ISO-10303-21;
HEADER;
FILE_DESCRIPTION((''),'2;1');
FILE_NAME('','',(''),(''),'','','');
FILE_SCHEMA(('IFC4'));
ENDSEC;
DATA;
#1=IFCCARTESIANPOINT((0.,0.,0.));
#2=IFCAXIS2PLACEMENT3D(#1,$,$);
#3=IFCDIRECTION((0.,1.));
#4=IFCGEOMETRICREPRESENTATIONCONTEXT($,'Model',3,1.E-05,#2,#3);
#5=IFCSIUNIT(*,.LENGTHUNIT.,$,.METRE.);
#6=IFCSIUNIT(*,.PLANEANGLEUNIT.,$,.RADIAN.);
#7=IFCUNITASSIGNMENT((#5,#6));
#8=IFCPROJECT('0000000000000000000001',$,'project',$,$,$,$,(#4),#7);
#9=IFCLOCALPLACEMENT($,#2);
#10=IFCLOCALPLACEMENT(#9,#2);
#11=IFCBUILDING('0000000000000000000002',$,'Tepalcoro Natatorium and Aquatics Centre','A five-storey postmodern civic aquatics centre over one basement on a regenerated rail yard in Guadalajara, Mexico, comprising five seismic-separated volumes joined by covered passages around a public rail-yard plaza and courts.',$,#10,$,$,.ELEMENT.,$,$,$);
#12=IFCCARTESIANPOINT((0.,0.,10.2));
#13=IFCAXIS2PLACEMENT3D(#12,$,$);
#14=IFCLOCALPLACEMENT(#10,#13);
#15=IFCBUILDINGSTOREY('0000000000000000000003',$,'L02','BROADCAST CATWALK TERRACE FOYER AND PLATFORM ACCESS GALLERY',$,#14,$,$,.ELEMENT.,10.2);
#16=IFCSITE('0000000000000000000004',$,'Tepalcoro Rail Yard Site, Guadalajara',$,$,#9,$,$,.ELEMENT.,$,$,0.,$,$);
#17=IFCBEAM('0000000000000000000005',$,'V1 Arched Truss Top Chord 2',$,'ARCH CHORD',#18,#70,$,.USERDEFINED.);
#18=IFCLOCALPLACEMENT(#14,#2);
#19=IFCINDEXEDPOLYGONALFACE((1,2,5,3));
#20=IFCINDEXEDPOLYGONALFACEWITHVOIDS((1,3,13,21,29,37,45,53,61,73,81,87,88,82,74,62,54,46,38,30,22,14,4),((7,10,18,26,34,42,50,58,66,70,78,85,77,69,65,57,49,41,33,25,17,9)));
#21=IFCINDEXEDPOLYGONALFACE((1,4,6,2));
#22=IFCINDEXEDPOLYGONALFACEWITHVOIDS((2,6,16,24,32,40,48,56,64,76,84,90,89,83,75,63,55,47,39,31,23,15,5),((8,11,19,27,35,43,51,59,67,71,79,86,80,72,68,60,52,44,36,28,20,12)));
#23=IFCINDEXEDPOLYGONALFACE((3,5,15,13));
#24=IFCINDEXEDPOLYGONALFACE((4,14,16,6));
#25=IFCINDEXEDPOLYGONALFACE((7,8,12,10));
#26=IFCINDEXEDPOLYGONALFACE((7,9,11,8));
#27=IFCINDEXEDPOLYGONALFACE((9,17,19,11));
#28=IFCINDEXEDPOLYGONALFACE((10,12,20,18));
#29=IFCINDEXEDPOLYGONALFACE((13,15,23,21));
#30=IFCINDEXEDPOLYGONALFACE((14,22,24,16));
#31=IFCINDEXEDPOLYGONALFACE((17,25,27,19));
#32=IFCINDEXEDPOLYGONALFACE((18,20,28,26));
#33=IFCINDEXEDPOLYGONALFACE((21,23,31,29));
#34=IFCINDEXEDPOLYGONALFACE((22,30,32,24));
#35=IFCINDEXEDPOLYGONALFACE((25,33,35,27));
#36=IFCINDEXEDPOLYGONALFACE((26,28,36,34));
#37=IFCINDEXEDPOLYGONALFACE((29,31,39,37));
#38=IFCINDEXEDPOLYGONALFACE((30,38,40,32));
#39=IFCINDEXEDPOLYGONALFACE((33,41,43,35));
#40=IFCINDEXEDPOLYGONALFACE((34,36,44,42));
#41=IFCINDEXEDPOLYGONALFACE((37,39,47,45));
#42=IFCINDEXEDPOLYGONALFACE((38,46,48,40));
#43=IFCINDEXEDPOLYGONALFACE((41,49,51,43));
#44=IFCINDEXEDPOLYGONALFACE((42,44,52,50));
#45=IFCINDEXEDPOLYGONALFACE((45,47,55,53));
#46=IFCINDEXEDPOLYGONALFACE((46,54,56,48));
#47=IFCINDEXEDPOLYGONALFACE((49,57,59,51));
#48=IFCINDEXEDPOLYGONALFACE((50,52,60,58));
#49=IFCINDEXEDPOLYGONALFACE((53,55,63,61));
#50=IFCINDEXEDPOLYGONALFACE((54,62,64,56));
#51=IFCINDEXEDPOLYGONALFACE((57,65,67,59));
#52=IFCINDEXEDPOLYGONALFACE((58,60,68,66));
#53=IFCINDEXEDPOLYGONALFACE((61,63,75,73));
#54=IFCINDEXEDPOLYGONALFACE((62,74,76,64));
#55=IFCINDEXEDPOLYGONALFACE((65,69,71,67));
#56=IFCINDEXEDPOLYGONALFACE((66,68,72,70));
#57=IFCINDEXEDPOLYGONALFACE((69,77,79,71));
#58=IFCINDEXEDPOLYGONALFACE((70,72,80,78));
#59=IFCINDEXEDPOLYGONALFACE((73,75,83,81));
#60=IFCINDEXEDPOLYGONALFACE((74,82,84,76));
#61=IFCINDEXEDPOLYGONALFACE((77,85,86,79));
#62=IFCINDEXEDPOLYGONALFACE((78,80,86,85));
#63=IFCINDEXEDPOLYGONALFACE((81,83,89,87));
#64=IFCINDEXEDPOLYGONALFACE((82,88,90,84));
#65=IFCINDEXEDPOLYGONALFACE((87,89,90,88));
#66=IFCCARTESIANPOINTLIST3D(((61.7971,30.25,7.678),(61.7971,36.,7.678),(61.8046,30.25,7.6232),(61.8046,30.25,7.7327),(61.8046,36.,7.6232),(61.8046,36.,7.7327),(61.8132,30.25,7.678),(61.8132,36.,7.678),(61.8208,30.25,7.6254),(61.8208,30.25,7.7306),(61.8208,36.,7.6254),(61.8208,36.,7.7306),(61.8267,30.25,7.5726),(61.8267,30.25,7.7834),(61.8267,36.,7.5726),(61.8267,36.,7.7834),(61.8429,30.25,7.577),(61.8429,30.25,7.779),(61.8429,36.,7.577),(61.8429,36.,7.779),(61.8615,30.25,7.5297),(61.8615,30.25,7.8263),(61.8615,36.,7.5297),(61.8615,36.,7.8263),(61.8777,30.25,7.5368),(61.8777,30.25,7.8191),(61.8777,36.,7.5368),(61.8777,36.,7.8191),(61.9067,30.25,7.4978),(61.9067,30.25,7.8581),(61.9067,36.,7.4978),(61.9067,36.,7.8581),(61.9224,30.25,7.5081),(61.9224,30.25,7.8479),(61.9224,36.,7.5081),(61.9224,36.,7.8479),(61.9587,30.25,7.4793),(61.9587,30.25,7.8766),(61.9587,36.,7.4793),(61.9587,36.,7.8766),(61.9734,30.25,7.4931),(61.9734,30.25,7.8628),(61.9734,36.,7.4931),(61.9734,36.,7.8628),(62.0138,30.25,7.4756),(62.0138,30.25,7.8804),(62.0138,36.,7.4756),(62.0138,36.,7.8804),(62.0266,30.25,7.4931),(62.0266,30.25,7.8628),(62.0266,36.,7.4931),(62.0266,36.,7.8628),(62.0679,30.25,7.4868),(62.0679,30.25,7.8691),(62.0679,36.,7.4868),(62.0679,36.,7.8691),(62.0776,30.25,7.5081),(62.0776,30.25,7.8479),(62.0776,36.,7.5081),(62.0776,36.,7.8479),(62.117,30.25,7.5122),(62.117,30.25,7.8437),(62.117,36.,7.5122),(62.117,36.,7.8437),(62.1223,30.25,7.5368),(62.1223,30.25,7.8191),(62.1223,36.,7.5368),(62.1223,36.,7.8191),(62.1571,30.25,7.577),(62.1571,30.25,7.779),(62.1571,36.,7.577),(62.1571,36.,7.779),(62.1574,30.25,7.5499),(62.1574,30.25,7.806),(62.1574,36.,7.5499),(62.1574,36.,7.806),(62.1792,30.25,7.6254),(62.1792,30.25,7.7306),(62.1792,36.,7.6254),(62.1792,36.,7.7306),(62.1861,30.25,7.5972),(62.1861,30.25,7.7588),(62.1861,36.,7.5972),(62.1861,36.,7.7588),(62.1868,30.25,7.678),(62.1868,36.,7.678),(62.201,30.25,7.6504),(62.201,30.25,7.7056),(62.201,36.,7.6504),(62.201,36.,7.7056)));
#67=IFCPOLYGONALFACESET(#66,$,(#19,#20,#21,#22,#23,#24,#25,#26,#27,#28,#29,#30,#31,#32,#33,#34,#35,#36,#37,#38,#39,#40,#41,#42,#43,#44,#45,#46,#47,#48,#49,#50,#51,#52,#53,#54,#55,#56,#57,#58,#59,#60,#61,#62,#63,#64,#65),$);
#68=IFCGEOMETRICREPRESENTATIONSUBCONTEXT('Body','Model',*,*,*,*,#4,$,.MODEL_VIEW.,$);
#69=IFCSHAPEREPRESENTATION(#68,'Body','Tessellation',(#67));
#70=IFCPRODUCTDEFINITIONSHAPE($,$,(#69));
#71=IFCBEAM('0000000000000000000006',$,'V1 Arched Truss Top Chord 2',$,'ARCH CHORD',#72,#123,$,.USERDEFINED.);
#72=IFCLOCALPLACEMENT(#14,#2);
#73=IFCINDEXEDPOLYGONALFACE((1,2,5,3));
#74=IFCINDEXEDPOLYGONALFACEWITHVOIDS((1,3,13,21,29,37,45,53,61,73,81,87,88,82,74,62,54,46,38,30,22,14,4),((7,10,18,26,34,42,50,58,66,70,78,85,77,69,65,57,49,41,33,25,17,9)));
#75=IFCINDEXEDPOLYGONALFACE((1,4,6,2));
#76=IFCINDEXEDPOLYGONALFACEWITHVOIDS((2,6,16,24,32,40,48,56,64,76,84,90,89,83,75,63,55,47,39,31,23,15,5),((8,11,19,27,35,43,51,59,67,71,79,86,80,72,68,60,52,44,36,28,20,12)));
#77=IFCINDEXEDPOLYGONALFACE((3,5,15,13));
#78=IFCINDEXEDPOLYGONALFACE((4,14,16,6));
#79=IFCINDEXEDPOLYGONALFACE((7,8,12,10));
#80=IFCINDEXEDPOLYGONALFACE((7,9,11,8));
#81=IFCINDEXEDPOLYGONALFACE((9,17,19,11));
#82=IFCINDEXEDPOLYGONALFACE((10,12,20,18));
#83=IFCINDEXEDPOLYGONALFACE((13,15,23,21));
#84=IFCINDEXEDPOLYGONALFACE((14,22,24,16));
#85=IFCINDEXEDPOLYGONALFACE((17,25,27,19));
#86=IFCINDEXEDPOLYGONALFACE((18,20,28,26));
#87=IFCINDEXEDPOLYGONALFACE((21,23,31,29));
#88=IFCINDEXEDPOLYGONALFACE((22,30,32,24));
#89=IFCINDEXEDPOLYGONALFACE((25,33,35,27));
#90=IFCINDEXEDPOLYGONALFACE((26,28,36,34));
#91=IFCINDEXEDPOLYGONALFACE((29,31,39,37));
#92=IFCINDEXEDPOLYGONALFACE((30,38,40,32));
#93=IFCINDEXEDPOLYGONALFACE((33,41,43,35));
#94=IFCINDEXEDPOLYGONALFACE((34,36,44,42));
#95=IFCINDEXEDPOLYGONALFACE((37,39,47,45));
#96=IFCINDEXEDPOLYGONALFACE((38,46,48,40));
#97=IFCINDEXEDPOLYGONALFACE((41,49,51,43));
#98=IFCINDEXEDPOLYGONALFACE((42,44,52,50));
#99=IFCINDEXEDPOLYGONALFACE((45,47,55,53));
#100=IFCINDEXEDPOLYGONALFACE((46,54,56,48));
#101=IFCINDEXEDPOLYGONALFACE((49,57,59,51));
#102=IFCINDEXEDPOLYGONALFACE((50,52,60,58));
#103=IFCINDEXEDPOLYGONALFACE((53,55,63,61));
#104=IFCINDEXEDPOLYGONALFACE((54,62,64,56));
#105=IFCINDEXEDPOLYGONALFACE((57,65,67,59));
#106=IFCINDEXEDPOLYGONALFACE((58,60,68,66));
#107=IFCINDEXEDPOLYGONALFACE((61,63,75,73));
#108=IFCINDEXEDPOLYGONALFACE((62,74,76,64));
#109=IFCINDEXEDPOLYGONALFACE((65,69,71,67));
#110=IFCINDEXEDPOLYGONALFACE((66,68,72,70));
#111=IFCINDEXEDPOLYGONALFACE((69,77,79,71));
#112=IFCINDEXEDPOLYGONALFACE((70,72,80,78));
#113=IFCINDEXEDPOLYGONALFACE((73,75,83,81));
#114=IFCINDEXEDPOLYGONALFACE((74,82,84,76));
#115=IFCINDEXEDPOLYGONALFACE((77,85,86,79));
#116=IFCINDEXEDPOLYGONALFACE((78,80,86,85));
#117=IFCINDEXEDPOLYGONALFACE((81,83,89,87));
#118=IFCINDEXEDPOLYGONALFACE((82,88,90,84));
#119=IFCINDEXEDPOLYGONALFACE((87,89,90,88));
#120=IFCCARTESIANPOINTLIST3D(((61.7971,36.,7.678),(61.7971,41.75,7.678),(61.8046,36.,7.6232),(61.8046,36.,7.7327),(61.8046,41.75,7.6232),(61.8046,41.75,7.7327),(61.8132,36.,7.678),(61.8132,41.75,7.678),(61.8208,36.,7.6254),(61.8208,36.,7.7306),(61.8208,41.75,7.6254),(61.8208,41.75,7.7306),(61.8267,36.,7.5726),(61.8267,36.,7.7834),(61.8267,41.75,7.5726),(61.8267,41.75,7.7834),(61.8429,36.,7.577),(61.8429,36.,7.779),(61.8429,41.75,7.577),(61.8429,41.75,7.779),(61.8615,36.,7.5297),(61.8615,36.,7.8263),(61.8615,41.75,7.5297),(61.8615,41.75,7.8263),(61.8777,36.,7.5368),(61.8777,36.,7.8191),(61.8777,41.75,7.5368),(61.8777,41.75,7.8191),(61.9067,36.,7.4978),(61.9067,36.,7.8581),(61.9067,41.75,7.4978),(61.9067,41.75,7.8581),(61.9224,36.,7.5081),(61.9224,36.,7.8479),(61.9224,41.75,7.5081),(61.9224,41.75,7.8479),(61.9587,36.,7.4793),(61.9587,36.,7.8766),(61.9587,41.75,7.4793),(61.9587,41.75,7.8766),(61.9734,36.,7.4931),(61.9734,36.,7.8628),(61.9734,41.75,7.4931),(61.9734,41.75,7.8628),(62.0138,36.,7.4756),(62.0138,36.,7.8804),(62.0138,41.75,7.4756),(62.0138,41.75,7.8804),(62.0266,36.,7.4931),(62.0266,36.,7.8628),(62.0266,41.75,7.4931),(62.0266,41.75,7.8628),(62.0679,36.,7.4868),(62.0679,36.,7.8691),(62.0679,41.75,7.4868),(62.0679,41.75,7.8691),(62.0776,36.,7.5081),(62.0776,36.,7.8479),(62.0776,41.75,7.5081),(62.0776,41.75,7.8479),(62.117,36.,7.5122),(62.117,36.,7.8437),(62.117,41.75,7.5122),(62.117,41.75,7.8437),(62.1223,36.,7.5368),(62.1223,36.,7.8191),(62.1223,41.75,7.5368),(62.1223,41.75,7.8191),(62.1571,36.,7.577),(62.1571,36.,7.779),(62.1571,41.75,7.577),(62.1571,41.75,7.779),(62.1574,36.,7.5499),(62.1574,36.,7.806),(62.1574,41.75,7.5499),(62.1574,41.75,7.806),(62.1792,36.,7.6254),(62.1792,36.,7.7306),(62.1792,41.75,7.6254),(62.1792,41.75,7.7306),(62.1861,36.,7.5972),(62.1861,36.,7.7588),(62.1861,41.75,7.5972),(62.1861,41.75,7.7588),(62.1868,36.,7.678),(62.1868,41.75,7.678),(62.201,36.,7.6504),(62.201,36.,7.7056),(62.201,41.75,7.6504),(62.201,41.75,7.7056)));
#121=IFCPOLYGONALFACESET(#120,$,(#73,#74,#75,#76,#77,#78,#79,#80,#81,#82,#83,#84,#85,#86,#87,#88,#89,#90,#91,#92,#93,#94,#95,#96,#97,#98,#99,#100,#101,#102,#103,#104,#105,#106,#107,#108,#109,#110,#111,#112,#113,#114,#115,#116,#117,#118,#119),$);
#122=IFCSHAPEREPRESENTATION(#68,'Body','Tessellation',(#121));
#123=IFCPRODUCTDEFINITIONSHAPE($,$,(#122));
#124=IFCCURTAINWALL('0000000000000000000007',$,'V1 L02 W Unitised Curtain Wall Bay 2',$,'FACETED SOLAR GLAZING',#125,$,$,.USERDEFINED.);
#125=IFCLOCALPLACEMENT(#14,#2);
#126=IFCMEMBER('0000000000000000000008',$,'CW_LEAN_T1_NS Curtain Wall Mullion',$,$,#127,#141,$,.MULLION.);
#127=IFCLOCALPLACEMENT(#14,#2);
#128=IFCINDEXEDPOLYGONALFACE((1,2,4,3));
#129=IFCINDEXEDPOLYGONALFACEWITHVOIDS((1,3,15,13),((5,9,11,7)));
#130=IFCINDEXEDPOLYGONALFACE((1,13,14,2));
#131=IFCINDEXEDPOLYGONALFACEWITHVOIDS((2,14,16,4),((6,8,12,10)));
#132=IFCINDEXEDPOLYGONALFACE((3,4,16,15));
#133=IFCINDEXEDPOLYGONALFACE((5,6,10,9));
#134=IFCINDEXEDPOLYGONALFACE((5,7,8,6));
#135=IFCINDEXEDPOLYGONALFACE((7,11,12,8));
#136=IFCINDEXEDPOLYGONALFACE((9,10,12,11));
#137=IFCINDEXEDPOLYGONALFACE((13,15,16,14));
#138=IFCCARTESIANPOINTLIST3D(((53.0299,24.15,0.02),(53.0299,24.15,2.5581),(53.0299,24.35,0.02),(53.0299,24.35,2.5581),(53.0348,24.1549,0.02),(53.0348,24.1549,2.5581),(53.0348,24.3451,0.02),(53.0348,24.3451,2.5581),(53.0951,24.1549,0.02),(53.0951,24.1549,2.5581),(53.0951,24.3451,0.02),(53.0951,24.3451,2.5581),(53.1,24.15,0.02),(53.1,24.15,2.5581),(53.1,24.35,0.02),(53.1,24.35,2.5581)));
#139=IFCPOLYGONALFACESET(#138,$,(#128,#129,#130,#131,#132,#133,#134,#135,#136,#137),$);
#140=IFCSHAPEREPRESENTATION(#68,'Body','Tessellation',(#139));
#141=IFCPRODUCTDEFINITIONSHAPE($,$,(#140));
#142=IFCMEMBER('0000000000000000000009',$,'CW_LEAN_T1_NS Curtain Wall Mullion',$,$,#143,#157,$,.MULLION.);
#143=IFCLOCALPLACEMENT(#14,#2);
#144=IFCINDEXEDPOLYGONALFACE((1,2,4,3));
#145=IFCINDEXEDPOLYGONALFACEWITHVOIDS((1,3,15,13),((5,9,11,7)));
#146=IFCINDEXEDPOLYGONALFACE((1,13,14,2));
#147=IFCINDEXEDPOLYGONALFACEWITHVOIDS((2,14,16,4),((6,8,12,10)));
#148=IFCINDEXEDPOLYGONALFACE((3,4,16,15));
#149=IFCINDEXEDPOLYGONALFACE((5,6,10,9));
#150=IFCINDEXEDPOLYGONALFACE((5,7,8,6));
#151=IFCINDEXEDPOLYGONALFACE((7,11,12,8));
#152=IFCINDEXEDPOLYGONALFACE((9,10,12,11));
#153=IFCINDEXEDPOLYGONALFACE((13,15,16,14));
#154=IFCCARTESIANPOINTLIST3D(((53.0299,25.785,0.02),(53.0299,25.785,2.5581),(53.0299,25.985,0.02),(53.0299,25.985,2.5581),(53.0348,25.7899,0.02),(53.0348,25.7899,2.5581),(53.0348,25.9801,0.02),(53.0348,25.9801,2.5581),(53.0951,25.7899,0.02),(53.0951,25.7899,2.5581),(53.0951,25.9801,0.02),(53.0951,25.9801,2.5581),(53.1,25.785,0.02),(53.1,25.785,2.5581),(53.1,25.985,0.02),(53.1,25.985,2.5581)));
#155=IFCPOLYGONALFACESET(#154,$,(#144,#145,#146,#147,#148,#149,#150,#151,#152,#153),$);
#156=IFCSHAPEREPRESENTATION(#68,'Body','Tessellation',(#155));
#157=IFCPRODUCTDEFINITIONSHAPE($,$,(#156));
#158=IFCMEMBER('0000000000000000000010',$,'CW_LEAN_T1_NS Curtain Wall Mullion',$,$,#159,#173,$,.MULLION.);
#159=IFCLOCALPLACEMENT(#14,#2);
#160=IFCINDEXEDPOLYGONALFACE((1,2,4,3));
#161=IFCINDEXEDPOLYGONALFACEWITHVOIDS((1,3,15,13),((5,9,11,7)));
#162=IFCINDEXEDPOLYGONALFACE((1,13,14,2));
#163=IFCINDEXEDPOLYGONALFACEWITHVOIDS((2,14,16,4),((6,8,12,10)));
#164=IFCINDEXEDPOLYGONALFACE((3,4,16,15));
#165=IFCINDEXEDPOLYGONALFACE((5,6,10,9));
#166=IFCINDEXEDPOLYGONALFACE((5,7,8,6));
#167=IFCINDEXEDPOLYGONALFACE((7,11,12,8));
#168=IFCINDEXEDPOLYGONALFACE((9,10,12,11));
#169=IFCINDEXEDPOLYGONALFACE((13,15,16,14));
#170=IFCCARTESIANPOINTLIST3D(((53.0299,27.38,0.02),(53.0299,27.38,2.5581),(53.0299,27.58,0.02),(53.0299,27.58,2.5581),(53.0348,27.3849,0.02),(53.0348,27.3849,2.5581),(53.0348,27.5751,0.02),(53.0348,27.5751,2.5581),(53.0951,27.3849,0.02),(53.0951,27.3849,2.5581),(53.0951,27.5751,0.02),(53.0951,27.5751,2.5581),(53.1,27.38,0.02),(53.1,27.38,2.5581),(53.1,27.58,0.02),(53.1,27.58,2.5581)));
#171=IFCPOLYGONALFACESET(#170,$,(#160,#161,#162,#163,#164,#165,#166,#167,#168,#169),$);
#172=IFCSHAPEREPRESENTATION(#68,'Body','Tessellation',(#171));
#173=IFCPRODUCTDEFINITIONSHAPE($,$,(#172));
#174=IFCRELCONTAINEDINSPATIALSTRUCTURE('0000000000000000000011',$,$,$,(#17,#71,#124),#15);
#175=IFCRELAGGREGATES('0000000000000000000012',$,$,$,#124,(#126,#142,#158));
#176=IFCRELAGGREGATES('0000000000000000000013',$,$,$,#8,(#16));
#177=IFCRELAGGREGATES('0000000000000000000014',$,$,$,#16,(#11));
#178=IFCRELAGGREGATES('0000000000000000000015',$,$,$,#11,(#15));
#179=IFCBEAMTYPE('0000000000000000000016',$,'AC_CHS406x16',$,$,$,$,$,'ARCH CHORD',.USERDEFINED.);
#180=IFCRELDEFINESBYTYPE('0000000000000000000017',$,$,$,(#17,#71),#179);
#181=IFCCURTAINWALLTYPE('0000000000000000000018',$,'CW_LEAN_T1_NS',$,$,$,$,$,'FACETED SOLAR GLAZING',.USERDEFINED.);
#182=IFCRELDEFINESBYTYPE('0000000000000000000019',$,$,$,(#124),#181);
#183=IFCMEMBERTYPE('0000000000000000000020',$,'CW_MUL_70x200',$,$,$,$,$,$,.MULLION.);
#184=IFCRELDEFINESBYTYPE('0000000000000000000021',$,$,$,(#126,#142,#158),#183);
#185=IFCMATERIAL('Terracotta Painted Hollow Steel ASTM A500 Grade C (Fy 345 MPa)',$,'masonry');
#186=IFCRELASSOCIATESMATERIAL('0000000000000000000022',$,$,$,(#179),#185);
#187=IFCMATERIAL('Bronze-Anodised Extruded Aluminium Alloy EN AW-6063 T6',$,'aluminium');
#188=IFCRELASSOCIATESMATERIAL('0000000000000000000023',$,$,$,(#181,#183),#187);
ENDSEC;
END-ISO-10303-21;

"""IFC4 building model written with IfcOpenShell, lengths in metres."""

from ifc_helpers import new_model, si_unit, direction, frame, origin, origin_2d, place, context, subcontext, project, spatial, hollow_rectangle, hollow_circle, extrude, material, material_profile, profile_set, type_object, element, aggregate, save


model = new_model("IFC4")

# Units and contexts
model_context = context("Model", 3, precision=1e-05, world=origin(), true_north=direction((0.0, 1.0)))
body_context = subcontext(model_context, "Body", "Model", "MODEL_VIEW")
ifc_project = project(units=[si_unit("LENGTHUNIT", "METRE"), si_unit("PLANEANGLEUNIT", "RADIAN")], contexts=[model_context])

# Site, building, storey
site_placement = place(None, origin())
site = spatial("IfcSite", under=ifc_project, at=site_placement, Name="Tepalcoro Rail Yard Site, Guadalajara", CompositionType="ELEMENT", RefElevation=0.0)
building_placement = place(site_placement, origin())
building = spatial("IfcBuilding", under=site, at=building_placement, Name="Tepalcoro Natatorium and Aquatics Centre", Description="A five-storey postmodern civic aquatics centre over one basement on a regenerated rail yard in Guadalajara, Mexico, comprising five seismic-separated volumes joined by covered passages around a public rail-yard plaza and courts.", CompositionType="ELEMENT")
storey_placement = place(building_placement, frame((0.0, 0.0, 10.2)))
storey = spatial("IfcBuildingStorey", under=building, at=storey_placement, Name="L02", Description="BROADCAST CATWALK TERRACE FOYER AND PLATFORM ACCESS GALLERY", CompositionType="ELEMENT", Elevation=10.2)

# Beams
ifc_material_1 = material(Name="Terracotta Painted Hollow Steel ASTM A500 Grade C (Fy 345 MPa)", Category="masonry")
ifc_material_profile_1 = material_profile(ifc_material_1, hollow_circle(Radius=0.2029, WallThickness=0.0161, at=origin_2d()), Name="CHS406X16")
ifc_profile_set_1 = profile_set([ifc_material_profile_1], Name="Terracotta Painted Hollow Steel ASTM A500 Grade C (Fy 345 MPa)")
beam_type_1 = type_object("IfcBeamType", Name="AC_CHS406x16", ElementType="ARCH CHORD", PredefinedType="USERDEFINED", material=ifc_profile_set_1)
for number, where, z_axis, x_axis, name in (
    (1, (62.0, 30.25, 7.678), (0.0, 1.0, 0.0), (-1.0, 0.0, 0.0), "V1 Arched Truss Top Chord 2"),
    (2, (62.0, 36.0, 7.678), (0.0, 1.0, 0.0), (-1.0, 0.0, 0.0), "V1 Arched Truss Top Chord 2"),
):
    element("IfcBeam", number, at=place(storey_placement, frame(where, z_axis=z_axis, x_axis=x_axis)), inside=storey, type_object=beam_type_1, Name=name, ObjectType="ARCH CHORD", PredefinedType="USERDEFINED", context=body_context, shape_type="SweptSolid", body=[
        extrude(hollow_circle(Radius=0.2029, WallThickness=0.0161, at=origin_2d()), origin(), (0.0, 0.0, 1.0), 5.75),
    ])

# Curtain wall, members
ifc_material_2 = material(Name="Bronze-Anodised Extruded Aluminium Alloy EN AW-6063 T6", Category="aluminium")
curtain_wall_type = type_object("IfcCurtainWallType", Name="CW_LEAN_T1_NS", ElementType="FACETED SOLAR GLAZING", PredefinedType="USERDEFINED", material=ifc_material_2)
curtain_wall_placement = place(storey_placement, origin())
curtain_wall = element("IfcCurtainWall", 3, at=curtain_wall_placement, inside=storey, type_object=curtain_wall_type, Name="V1 L02 W Unitised Curtain Wall Bay 2", ObjectType="FACETED SOLAR GLAZING", PredefinedType="USERDEFINED")
ifc_material_profile_2 = material_profile(ifc_material_2, hollow_rectangle(XDim=0.0701, YDim=0.2, WallThickness=0.0049, at=origin_2d()), Name="AL70X200X5")
ifc_profile_set_2 = profile_set([ifc_material_profile_2], Name="Bronze-Anodised Extruded Aluminium Alloy EN AW-6063 T6")
member_type_1 = type_object("IfcMemberType", Name="CW_MUL_70x200", PredefinedType="MULLION", material=ifc_profile_set_2)
member_1_placement = place(storey_placement, frame((53.0649, 24.25, 0.02), z_axis=(0.0, 0.0, 1.0), x_axis=(1.0, 0.0, 0.0)))
member_1 = element("IfcMember", 4, at=member_1_placement, type_object=member_type_1, Name="CW_LEAN_T1_NS Curtain Wall Mullion", PredefinedType="MULLION", context=body_context, shape_type="SweptSolid", body=[
    extrude(hollow_rectangle(XDim=0.0701, YDim=0.2, WallThickness=0.0049, at=origin_2d()), origin(), (0.0, 0.0, 1.0), 2.5381),
])
member_2_placement = place(storey_placement, frame((53.0649, 25.885, 0.02), z_axis=(0.0, 0.0, 1.0), x_axis=(1.0, 0.0, 0.0)))
member_2 = element("IfcMember", 5, at=member_2_placement, type_object=member_type_1, Name="CW_LEAN_T1_NS Curtain Wall Mullion", PredefinedType="MULLION", context=body_context, shape_type="SweptSolid", body=[
    extrude(hollow_rectangle(XDim=0.0701, YDim=0.2, WallThickness=0.0049, at=origin_2d()), origin(), (0.0, 0.0, 1.0), 2.5381),
])
member_3_placement = place(storey_placement, frame((53.0649, 27.48, 0.02), z_axis=(0.0, 0.0, 1.0), x_axis=(1.0, 0.0, 0.0)))
member_3 = element("IfcMember", 6, at=member_3_placement, type_object=member_type_1, Name="CW_LEAN_T1_NS Curtain Wall Mullion", PredefinedType="MULLION", context=body_context, shape_type="SweptSolid", body=[
    extrude(hollow_rectangle(XDim=0.0701, YDim=0.2, WallThickness=0.0049, at=origin_2d()), origin(), (0.0, 0.0, 1.0), 2.5381),
])

aggregate(curtain_wall, [member_1, member_2, member_3])

save(model, "model.ifc")
